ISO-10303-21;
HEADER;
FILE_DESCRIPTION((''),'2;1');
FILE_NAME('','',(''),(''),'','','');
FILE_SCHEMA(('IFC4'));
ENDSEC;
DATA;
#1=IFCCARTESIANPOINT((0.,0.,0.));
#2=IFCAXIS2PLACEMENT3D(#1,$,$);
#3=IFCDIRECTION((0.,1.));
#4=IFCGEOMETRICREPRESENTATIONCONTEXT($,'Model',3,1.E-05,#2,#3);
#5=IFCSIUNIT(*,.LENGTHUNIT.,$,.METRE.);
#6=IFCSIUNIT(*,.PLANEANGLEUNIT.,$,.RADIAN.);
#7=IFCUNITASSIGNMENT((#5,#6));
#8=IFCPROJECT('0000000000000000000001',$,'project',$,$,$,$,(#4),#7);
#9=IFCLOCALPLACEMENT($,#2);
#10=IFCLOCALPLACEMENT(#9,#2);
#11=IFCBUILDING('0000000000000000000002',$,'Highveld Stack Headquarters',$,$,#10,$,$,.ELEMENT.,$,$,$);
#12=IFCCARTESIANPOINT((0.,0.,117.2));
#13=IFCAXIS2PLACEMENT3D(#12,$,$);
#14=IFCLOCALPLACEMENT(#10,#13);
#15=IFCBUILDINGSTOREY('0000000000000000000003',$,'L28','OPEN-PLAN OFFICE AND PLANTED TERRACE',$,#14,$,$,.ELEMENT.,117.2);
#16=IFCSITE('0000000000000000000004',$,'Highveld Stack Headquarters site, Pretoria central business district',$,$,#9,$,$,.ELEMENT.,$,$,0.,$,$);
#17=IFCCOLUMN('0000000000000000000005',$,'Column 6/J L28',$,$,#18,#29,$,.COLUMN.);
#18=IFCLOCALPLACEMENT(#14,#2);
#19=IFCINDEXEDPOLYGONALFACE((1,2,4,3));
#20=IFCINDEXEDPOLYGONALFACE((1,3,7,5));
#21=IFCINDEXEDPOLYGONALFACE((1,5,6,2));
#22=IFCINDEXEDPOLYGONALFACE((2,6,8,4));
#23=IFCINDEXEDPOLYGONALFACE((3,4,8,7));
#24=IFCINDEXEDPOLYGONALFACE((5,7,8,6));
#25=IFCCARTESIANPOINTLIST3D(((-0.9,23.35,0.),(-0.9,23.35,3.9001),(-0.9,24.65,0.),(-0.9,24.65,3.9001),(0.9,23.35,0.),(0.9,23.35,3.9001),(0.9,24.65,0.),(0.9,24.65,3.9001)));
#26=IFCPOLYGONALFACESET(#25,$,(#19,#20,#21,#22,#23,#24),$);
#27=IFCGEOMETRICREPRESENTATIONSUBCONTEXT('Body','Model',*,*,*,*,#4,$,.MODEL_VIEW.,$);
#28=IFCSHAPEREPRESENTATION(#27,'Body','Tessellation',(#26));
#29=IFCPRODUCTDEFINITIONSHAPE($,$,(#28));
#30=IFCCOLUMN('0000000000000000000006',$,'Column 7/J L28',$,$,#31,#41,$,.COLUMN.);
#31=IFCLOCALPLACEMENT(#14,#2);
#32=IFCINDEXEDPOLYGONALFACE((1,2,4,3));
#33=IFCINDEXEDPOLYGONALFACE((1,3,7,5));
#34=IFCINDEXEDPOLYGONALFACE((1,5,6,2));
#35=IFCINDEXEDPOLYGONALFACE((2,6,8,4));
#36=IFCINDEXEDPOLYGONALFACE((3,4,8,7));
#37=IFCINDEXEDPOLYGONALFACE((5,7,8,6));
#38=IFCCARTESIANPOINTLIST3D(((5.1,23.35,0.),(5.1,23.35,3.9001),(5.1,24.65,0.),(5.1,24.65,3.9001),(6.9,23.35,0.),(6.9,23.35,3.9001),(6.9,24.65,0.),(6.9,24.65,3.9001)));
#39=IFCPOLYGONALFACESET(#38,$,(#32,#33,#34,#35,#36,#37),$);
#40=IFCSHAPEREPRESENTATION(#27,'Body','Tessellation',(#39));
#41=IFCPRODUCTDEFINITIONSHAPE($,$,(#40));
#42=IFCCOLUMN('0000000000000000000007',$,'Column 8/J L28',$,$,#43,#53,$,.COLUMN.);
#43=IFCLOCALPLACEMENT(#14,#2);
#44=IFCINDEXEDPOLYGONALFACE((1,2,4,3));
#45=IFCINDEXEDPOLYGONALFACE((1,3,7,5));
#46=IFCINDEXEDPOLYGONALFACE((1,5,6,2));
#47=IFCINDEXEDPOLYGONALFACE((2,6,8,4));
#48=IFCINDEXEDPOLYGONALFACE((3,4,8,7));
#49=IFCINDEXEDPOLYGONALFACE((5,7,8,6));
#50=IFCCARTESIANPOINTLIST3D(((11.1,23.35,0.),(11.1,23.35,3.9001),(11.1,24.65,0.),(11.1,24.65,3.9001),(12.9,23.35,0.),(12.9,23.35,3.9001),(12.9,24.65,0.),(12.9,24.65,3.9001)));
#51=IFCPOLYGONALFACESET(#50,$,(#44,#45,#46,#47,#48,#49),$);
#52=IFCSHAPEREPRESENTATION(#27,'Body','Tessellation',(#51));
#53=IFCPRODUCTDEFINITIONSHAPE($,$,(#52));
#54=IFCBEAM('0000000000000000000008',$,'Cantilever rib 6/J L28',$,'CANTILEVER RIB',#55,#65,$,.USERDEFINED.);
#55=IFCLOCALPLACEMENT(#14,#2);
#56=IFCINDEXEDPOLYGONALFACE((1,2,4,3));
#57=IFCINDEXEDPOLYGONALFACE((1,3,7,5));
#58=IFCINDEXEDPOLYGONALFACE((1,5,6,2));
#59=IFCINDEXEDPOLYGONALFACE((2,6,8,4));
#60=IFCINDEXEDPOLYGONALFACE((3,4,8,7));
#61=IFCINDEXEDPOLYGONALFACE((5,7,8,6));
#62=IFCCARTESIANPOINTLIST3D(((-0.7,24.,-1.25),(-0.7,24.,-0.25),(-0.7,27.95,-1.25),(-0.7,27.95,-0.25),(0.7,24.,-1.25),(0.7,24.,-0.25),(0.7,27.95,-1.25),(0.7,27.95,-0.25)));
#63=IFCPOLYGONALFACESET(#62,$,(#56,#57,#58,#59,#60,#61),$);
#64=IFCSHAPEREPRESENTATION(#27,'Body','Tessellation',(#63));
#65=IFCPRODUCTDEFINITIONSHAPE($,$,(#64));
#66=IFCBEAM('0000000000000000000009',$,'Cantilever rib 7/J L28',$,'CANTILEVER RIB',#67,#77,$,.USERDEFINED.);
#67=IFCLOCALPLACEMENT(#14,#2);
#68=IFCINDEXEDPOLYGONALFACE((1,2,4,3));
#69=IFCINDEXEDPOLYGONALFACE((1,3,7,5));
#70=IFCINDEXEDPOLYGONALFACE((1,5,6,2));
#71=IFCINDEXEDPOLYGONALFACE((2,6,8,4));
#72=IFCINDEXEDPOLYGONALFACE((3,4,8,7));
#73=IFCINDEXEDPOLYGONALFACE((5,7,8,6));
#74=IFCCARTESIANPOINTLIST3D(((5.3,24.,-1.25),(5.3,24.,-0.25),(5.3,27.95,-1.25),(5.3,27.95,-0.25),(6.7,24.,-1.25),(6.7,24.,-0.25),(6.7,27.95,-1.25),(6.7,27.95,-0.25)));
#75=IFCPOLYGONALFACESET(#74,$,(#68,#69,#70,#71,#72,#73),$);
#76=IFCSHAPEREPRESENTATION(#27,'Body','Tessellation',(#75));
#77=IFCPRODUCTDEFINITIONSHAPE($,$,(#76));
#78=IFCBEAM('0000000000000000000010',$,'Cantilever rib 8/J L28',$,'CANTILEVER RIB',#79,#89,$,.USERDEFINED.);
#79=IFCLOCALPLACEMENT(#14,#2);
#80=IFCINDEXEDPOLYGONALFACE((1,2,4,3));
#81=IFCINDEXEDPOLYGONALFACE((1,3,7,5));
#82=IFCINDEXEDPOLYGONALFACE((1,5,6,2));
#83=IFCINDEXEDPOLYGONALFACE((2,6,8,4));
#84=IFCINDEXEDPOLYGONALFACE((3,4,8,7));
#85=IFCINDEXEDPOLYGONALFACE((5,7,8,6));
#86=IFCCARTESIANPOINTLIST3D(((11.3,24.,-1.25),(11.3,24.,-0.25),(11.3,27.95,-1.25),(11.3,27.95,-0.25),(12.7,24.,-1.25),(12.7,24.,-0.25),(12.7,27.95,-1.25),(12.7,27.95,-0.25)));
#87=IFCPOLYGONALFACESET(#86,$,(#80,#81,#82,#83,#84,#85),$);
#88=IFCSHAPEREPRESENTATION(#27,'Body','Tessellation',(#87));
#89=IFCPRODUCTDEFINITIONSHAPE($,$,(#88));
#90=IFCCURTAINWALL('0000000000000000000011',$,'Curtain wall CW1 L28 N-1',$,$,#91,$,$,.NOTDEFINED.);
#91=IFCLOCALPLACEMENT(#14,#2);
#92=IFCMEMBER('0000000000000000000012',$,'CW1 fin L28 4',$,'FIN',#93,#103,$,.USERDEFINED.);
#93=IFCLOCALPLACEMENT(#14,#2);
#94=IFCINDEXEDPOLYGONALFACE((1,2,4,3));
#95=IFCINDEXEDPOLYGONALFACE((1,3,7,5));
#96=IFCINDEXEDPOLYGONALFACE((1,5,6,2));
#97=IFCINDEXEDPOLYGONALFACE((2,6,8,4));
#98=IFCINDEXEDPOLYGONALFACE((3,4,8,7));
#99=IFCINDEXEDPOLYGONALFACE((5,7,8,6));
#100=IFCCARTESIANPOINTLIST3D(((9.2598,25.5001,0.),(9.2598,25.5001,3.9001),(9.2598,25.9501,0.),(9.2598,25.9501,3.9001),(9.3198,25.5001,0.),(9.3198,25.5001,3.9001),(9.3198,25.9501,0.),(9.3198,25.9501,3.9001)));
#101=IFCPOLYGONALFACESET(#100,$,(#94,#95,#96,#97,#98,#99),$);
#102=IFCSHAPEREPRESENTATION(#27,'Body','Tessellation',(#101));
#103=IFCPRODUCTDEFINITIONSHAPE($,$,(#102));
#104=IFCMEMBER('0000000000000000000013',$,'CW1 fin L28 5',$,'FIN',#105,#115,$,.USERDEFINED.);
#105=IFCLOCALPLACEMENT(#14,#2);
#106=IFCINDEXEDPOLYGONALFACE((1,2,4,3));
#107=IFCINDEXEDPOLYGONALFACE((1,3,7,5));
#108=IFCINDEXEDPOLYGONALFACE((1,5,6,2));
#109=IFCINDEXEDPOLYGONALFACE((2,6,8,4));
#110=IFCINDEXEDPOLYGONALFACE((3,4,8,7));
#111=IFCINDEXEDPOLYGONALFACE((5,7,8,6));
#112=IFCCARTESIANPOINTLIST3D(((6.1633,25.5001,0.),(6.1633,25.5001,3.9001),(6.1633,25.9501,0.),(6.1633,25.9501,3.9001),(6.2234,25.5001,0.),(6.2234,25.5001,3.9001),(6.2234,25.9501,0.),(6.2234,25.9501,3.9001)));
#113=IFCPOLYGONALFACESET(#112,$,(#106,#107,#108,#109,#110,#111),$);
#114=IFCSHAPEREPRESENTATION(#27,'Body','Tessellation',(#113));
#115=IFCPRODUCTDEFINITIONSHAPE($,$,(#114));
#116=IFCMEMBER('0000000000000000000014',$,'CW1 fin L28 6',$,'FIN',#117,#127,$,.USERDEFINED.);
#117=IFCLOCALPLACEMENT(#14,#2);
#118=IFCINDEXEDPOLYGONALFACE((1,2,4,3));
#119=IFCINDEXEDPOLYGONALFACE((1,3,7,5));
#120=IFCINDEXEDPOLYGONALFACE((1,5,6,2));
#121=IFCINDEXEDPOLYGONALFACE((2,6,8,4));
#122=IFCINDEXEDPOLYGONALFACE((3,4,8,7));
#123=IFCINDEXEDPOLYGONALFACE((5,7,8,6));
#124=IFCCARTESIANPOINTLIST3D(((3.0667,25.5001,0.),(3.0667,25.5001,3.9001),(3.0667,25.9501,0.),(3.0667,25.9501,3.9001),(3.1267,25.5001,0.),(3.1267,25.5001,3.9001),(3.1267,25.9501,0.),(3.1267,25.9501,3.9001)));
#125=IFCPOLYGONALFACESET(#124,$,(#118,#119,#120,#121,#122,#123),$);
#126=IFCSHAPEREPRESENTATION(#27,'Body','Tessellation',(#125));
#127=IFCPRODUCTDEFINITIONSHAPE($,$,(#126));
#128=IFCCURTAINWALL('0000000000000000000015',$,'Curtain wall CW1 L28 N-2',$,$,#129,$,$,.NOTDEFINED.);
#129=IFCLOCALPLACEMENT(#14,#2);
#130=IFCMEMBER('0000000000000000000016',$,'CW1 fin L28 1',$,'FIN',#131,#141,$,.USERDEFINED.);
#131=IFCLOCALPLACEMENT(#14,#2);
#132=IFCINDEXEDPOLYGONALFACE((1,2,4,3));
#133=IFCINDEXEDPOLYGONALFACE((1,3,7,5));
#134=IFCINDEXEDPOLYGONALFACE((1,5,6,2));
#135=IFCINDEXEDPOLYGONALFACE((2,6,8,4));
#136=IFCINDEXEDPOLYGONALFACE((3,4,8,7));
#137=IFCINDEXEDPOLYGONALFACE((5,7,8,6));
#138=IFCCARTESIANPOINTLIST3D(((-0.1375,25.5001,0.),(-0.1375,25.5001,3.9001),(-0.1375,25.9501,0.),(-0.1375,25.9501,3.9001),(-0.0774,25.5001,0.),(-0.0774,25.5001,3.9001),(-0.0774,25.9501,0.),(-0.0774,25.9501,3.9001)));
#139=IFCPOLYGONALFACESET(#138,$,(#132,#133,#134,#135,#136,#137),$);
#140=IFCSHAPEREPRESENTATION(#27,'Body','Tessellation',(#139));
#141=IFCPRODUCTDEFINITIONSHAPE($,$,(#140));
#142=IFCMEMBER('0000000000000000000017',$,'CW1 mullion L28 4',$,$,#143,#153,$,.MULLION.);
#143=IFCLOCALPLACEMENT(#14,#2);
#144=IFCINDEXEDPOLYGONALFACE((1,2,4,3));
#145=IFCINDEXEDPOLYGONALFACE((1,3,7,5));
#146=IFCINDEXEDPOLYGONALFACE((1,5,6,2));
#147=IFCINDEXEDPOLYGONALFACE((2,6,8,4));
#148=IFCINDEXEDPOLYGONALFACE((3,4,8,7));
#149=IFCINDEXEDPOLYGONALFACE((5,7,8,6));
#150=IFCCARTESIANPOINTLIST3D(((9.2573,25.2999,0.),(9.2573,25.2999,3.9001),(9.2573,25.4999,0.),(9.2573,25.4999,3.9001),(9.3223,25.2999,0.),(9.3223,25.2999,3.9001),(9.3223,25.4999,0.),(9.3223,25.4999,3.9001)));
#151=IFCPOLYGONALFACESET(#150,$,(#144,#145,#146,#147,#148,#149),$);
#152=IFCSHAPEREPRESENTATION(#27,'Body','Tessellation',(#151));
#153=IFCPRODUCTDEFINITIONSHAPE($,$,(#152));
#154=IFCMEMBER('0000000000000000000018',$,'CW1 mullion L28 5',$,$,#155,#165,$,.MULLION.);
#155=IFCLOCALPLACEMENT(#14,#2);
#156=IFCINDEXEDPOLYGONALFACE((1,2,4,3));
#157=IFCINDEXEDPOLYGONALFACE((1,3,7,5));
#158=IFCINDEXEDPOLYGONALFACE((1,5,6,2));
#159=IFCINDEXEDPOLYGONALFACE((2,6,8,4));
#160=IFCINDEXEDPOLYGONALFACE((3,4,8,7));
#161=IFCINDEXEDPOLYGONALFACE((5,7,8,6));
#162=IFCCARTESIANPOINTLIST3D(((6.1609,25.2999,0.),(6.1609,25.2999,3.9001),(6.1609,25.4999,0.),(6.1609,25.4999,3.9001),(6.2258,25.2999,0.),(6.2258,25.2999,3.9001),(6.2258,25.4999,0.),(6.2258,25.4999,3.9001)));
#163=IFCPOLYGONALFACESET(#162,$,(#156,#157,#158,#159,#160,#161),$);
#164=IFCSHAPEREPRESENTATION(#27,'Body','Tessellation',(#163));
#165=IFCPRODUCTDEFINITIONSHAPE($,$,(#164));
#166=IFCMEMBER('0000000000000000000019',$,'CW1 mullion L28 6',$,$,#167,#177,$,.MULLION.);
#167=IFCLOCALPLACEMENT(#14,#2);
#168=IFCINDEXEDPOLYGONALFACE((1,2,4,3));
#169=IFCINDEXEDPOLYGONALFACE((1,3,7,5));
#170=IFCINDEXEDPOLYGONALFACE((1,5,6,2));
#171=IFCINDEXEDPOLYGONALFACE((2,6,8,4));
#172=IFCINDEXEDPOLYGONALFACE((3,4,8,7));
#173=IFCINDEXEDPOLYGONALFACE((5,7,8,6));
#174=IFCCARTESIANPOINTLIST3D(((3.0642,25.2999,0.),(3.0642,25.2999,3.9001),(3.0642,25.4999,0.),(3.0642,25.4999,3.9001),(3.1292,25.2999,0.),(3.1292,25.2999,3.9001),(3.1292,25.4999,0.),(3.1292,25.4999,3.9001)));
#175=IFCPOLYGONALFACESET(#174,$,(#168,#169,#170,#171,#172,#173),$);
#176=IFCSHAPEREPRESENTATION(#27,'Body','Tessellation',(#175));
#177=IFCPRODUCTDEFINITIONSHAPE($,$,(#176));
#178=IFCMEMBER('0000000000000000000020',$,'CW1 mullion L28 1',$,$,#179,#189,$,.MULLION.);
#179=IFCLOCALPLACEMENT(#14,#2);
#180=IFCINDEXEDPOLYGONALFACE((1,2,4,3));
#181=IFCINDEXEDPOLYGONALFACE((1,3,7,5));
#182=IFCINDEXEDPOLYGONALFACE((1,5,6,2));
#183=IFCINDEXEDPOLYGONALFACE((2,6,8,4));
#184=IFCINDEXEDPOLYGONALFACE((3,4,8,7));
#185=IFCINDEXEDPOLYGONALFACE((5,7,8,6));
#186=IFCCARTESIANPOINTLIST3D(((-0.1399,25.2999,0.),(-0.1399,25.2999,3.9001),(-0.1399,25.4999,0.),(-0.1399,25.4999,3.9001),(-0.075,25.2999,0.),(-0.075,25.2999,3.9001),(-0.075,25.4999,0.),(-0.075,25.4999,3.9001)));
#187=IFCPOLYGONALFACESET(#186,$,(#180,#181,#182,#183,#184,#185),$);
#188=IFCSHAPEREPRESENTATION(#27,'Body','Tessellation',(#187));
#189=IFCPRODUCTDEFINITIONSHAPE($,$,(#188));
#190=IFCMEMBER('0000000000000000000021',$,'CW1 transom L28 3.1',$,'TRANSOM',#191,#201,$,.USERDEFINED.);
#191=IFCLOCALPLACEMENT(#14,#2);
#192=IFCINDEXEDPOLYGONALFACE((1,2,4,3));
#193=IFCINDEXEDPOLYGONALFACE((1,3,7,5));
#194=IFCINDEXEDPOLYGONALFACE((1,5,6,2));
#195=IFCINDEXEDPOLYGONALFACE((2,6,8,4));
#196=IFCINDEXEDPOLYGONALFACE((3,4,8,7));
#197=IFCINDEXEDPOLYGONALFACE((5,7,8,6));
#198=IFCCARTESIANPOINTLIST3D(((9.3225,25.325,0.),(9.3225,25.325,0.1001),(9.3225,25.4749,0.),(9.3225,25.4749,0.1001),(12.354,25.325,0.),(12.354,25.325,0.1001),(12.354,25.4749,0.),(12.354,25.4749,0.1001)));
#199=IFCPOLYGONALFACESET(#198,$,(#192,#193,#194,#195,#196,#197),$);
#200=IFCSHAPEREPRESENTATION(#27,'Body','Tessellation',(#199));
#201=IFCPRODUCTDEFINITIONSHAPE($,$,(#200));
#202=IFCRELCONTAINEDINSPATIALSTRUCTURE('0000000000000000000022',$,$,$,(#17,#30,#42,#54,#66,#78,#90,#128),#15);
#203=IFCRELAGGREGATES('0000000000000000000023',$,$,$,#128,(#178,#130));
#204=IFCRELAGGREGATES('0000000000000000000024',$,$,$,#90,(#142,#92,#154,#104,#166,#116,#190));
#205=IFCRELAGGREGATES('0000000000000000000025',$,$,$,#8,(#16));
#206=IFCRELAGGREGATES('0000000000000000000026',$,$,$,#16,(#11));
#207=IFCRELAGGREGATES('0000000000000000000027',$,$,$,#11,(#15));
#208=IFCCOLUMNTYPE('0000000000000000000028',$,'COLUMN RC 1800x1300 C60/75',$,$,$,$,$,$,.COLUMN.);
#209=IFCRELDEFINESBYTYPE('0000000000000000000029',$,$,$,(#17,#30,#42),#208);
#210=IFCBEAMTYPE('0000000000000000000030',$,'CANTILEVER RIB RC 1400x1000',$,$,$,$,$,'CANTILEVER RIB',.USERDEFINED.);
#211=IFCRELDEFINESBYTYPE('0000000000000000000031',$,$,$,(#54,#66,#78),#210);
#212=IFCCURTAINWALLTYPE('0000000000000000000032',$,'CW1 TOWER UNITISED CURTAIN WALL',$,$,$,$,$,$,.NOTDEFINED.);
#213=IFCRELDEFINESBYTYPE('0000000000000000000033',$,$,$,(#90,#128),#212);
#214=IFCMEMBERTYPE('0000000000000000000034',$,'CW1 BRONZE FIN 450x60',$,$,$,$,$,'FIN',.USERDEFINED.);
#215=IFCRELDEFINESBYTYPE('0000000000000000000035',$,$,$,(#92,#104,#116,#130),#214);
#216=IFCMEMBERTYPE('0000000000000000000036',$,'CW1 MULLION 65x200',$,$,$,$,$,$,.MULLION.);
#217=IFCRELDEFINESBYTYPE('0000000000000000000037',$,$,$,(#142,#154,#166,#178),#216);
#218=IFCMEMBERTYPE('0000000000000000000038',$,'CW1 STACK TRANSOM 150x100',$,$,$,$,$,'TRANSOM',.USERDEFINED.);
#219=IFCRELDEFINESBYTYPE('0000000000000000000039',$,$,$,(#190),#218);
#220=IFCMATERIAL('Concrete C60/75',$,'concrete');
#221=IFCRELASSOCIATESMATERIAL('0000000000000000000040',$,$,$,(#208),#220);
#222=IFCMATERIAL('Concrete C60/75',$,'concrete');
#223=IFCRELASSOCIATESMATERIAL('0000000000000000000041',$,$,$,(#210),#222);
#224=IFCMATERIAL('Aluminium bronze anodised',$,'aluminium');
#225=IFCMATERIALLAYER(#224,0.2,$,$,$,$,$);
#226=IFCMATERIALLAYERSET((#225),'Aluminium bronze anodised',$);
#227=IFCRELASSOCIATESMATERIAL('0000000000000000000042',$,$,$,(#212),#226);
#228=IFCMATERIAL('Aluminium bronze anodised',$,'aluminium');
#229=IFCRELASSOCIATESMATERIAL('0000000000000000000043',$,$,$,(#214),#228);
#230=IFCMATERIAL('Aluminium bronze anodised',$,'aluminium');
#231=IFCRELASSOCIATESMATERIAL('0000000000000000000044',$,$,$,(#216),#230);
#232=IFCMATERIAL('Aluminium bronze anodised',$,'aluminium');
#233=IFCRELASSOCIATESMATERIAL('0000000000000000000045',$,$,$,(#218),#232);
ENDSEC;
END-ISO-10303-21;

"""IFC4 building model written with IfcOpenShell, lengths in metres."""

from ifc_helpers import new_model, si_unit, direction, frame, origin, origin_2d, place, context, subcontext, project, spatial, rectangle, extrude, material, layer, layer_set, material_profile, profile_set, type_object, element, aggregate, save


model = new_model("IFC4")

# Units and contexts
model_context = context("Model", 3, precision=1e-05, world=origin(), true_north=direction((0.0, 1.0)))
body_context = subcontext(model_context, "Body", "Model", "MODEL_VIEW")
ifc_project = project(units=[si_unit("LENGTHUNIT", "METRE"), si_unit("PLANEANGLEUNIT", "RADIAN")], contexts=[model_context])

# Site, building, storey
site_placement = place(None, origin())
site = spatial("IfcSite", under=ifc_project, at=site_placement, Name="Highveld Stack Headquarters site, Pretoria central business district", CompositionType="ELEMENT", RefElevation=0.0)
building_placement = place(site_placement, origin())
building = spatial("IfcBuilding", under=site, at=building_placement, Name="Highveld Stack Headquarters", CompositionType="ELEMENT")
storey_placement = place(building_placement, frame((0.0, 0.0, 117.2)))
storey = spatial("IfcBuildingStorey", under=building, at=storey_placement, Name="L28", Description="OPEN-PLAN OFFICE AND PLANTED TERRACE", CompositionType="ELEMENT", Elevation=117.2)

# Columns
ifc_material_1 = material(Name="Concrete C60/75", Category="concrete")
ifc_material_profile_1 = material_profile(ifc_material_1, rectangle(XDim=1.8, YDim=1.3, at=origin_2d()), Name="RC 1800x1300")
ifc_profile_set_1 = profile_set([ifc_material_profile_1], Name="Concrete C60/75")
column_type = type_object("IfcColumnType", Name="COLUMN RC 1800x1300 C60/75", PredefinedType="COLUMN", material=ifc_profile_set_1)
for number, where, z_axis, x_axis, name in (
    (1, (0.0, 24.0, 0.0), (0.0, 0.0, 1.0), (1.0, 0.0, 0.0), "Column 6/J L28"),
    (2, (6.0, 24.0, 0.0), (0.0, 0.0, 1.0), (1.0, 0.0, 0.0), "Column 7/J L28"),
    (3, (12.0, 24.0, 0.0), (0.0, 0.0, 1.0), (1.0, 0.0, 0.0), "Column 8/J L28"),
):
    element("IfcColumn", number, at=place(storey_placement, frame(where, z_axis=z_axis, x_axis=x_axis)), inside=storey, type_object=column_type, Name=name, PredefinedType="COLUMN", context=body_context, shape_type="SweptSolid", body=[
        extrude(rectangle(XDim=1.8, YDim=1.3, at=origin_2d()), origin(), (0.0, 0.0, 1.0), 3.9001),
    ])

# Beams
ifc_material_2 = material(Name="Concrete C60/75", Category="concrete")
ifc_material_profile_2 = material_profile(ifc_material_2, rectangle(XDim=1.3999, YDim=1.0, at=origin_2d()), Name="RC 1400x1000")
ifc_profile_set_2 = profile_set([ifc_material_profile_2], Name="Concrete C60/75")
beam_type_1 = type_object("IfcBeamType", Name="CANTILEVER RIB RC 1400x1000", ElementType="CANTILEVER RIB", PredefinedType="USERDEFINED", material=ifc_profile_set_2)
for number, where, z_axis, x_axis, name in (
    (4, (0.0, 24.0, -0.75), (0.0, 1.0, 0.0), (-1.0, 0.0, 0.0), "Cantilever rib 6/J L28"),
    (5, (6.0, 24.0, -0.75), (0.0, 1.0, 0.0), (-1.0, 0.0, 0.0), "Cantilever rib 7/J L28"),
    (6, (12.0, 24.0, -0.75), (0.0, 1.0, 0.0), (-1.0, 0.0, 0.0), "Cantilever rib 8/J L28"),
):
    element("IfcBeam", number, at=place(storey_placement, frame(where, z_axis=z_axis, x_axis=x_axis)), inside=storey, type_object=beam_type_1, Name=name, ObjectType="CANTILEVER RIB", PredefinedType="USERDEFINED", context=body_context, shape_type="SweptSolid", body=[
        extrude(rectangle(XDim=1.3999, YDim=1.0, at=origin_2d()), origin(), (0.0, 0.0, 1.0), 3.95),
    ])

# Curtain wall, members
ifc_material_3 = material(Name="Aluminium bronze anodised", Category="aluminium")
ifc_layer_1 = layer(ifc_material_3, 0.2)
ifc_layer_set_1 = layer_set([ifc_layer_1], Name="Aluminium bronze anodised")
curtain_wall_type = type_object("IfcCurtainWallType", Name="CW1 TOWER UNITISED CURTAIN WALL", PredefinedType="NOTDEFINED", material=ifc_layer_set_1)
curtain_wall_1_placement = place(storey_placement, origin())
curtain_wall_1 = element("IfcCurtainWall", 7, at=curtain_wall_1_placement, inside=storey, type_object=curtain_wall_type, Name="Curtain wall CW1 L28 N-1", PredefinedType="NOTDEFINED")
ifc_material_4 = material(Name="Aluminium bronze anodised", Category="aluminium")
ifc_material_profile_3 = material_profile(ifc_material_4, rectangle(XDim=0.45, YDim=0.0601, at=origin_2d()), Name="FIN 450x60")
ifc_profile_set_3 = profile_set([ifc_material_profile_3], Name="Aluminium bronze anodised")
member_type_1 = type_object("IfcMemberType", Name="CW1 BRONZE FIN 450x60", ElementType="FIN", PredefinedType="USERDEFINED", material=ifc_profile_set_3)
member_1_placement = place(storey_placement, frame((9.2898, 25.7251, 0.0), z_axis=(0.0, 0.0, 1.0), x_axis=(0.0, -1.0, 0.0)))
member_1 = element("IfcMember", 8, at=member_1_placement, type_object=member_type_1, Name="CW1 fin L28 4", ObjectType="FIN", PredefinedType="USERDEFINED", context=body_context, shape_type="SweptSolid", body=[
    extrude(rectangle(XDim=0.45, YDim=0.0601, at=origin_2d()), origin(), (0.0, 0.0, 1.0), 3.9001),
])
member_2_placement = place(storey_placement, frame((6.1934, 25.7251, 0.0), z_axis=(0.0, 0.0, 1.0), x_axis=(0.0, -1.0, 0.0)))
member_2 = element("IfcMember", 9, at=member_2_placement, type_object=member_type_1, Name="CW1 fin L28 5", ObjectType="FIN", PredefinedType="USERDEFINED", context=body_context, shape_type="SweptSolid", body=[
    extrude(rectangle(XDim=0.45, YDim=0.0601, at=origin_2d()), origin(), (0.0, 0.0, 1.0), 3.9001),
])
member_3_placement = place(storey_placement, frame((3.0967, 25.7251, 0.0), z_axis=(0.0, 0.0, 1.0), x_axis=(0.0, -1.0, 0.0)))
member_3 = element("IfcMember", 10, at=member_3_placement, type_object=member_type_1, Name="CW1 fin L28 6", ObjectType="FIN", PredefinedType="USERDEFINED", context=body_context, shape_type="SweptSolid", body=[
    extrude(rectangle(XDim=0.45, YDim=0.0601, at=origin_2d()), origin(), (0.0, 0.0, 1.0), 3.9001),
])

# Curtain wall, member
curtain_wall_2_placement = place(storey_placement, origin())
curtain_wall_2 = element("IfcCurtainWall", 11, at=curtain_wall_2_placement, inside=storey, type_object=curtain_wall_type, Name="Curtain wall CW1 L28 N-2", PredefinedType="NOTDEFINED")
member_4_placement = place(storey_placement, frame((-0.1074, 25.7251, 0.0), z_axis=(0.0, 0.0, 1.0), x_axis=(0.0, -1.0, 0.0)))
member_4 = element("IfcMember", 12, at=member_4_placement, type_object=member_type_1, Name="CW1 fin L28 1", ObjectType="FIN", PredefinedType="USERDEFINED", context=body_context, shape_type="SweptSolid", body=[
    extrude(rectangle(XDim=0.45, YDim=0.0601, at=origin_2d()), origin(), (0.0, 0.0, 1.0), 3.9001),
])

# Members
ifc_material_5 = material(Name="Aluminium bronze anodised", Category="aluminium")
ifc_material_profile_4 = material_profile(ifc_material_5, rectangle(XDim=0.2, YDim=0.0649, at=origin_2d()), Name="CW1 MULLION 65x200")
ifc_profile_set_4 = profile_set([ifc_material_profile_4], Name="Aluminium bronze anodised")
member_type_2 = type_object("IfcMemberType", Name="CW1 MULLION 65x200", PredefinedType="MULLION", material=ifc_profile_set_4)
member_5_placement = place(storey_placement, frame((9.2898, 25.3999, 0.0), z_axis=(0.0, 0.0, 1.0), x_axis=(0.0, -1.0, 0.0)))
member_5 = element("IfcMember", 13, at=member_5_placement, type_object=member_type_2, Name="CW1 mullion L28 4", PredefinedType="MULLION", context=body_context, shape_type="SweptSolid", body=[
    extrude(rectangle(XDim=0.2, YDim=0.0649, at=origin_2d()), origin(), (0.0, 0.0, 1.0), 3.9001),
])
member_6_placement = place(storey_placement, frame((6.1934, 25.3999, 0.0), z_axis=(0.0, 0.0, 1.0), x_axis=(0.0, -1.0, 0.0)))
member_6 = element("IfcMember", 14, at=member_6_placement, type_object=member_type_2, Name="CW1 mullion L28 5", PredefinedType="MULLION", context=body_context, shape_type="SweptSolid", body=[
    extrude(rectangle(XDim=0.2, YDim=0.0649, at=origin_2d()), origin(), (0.0, 0.0, 1.0), 3.9001),
])
member_7_placement = place(storey_placement, frame((3.0967, 25.3999, 0.0), z_axis=(0.0, 0.0, 1.0), x_axis=(0.0, -1.0, 0.0)))
member_7 = element("IfcMember", 15, at=member_7_placement, type_object=member_type_2, Name="CW1 mullion L28 6", PredefinedType="MULLION", context=body_context, shape_type="SweptSolid", body=[
    extrude(rectangle(XDim=0.2, YDim=0.0649, at=origin_2d()), origin(), (0.0, 0.0, 1.0), 3.9001),
])
member_8_placement = place(storey_placement, frame((-0.1074, 25.3999, 0.0), z_axis=(0.0, 0.0, 1.0), x_axis=(0.0, -1.0, 0.0)))
member_8 = element("IfcMember", 16, at=member_8_placement, type_object=member_type_2, Name="CW1 mullion L28 1", PredefinedType="MULLION", context=body_context, shape_type="SweptSolid", body=[
    extrude(rectangle(XDim=0.2, YDim=0.0649, at=origin_2d()), origin(), (0.0, 0.0, 1.0), 3.9001),
])
ifc_material_6 = material(Name="Aluminium bronze anodised", Category="aluminium")
ifc_material_profile_5 = material_profile(ifc_material_6, rectangle(XDim=0.1499, YDim=0.1001, at=origin_2d()), Name="CW1 TRANSOM 150x100")
ifc_profile_set_5 = profile_set([ifc_material_profile_5], Name="Aluminium bronze anodised")
member_type_3 = type_object("IfcMemberType", Name="CW1 STACK TRANSOM 150x100", ElementType="TRANSOM", PredefinedType="USERDEFINED", material=ifc_profile_set_5)
member_9_placement = place(storey_placement, frame((12.354, 25.3999, 0.05), z_axis=(-1.0, 0.0, 0.0), x_axis=(0.0, -1.0, 0.0)))
member_9 = element("IfcMember", 17, at=member_9_placement, type_object=member_type_3, Name="CW1 transom L28 3.1", ObjectType="TRANSOM", PredefinedType="USERDEFINED", context=body_context, shape_type="SweptSolid", body=[
    extrude(rectangle(XDim=0.1499, YDim=0.1001, at=origin_2d()), origin(), (0.0, 0.0, 1.0), 3.0315),
])
aggregate(curtain_wall_2, [member_8, member_4])

aggregate(curtain_wall_1, [member_5, member_1, member_6, member_2, member_7, member_3, member_9])

save(model, "model.ifc")
